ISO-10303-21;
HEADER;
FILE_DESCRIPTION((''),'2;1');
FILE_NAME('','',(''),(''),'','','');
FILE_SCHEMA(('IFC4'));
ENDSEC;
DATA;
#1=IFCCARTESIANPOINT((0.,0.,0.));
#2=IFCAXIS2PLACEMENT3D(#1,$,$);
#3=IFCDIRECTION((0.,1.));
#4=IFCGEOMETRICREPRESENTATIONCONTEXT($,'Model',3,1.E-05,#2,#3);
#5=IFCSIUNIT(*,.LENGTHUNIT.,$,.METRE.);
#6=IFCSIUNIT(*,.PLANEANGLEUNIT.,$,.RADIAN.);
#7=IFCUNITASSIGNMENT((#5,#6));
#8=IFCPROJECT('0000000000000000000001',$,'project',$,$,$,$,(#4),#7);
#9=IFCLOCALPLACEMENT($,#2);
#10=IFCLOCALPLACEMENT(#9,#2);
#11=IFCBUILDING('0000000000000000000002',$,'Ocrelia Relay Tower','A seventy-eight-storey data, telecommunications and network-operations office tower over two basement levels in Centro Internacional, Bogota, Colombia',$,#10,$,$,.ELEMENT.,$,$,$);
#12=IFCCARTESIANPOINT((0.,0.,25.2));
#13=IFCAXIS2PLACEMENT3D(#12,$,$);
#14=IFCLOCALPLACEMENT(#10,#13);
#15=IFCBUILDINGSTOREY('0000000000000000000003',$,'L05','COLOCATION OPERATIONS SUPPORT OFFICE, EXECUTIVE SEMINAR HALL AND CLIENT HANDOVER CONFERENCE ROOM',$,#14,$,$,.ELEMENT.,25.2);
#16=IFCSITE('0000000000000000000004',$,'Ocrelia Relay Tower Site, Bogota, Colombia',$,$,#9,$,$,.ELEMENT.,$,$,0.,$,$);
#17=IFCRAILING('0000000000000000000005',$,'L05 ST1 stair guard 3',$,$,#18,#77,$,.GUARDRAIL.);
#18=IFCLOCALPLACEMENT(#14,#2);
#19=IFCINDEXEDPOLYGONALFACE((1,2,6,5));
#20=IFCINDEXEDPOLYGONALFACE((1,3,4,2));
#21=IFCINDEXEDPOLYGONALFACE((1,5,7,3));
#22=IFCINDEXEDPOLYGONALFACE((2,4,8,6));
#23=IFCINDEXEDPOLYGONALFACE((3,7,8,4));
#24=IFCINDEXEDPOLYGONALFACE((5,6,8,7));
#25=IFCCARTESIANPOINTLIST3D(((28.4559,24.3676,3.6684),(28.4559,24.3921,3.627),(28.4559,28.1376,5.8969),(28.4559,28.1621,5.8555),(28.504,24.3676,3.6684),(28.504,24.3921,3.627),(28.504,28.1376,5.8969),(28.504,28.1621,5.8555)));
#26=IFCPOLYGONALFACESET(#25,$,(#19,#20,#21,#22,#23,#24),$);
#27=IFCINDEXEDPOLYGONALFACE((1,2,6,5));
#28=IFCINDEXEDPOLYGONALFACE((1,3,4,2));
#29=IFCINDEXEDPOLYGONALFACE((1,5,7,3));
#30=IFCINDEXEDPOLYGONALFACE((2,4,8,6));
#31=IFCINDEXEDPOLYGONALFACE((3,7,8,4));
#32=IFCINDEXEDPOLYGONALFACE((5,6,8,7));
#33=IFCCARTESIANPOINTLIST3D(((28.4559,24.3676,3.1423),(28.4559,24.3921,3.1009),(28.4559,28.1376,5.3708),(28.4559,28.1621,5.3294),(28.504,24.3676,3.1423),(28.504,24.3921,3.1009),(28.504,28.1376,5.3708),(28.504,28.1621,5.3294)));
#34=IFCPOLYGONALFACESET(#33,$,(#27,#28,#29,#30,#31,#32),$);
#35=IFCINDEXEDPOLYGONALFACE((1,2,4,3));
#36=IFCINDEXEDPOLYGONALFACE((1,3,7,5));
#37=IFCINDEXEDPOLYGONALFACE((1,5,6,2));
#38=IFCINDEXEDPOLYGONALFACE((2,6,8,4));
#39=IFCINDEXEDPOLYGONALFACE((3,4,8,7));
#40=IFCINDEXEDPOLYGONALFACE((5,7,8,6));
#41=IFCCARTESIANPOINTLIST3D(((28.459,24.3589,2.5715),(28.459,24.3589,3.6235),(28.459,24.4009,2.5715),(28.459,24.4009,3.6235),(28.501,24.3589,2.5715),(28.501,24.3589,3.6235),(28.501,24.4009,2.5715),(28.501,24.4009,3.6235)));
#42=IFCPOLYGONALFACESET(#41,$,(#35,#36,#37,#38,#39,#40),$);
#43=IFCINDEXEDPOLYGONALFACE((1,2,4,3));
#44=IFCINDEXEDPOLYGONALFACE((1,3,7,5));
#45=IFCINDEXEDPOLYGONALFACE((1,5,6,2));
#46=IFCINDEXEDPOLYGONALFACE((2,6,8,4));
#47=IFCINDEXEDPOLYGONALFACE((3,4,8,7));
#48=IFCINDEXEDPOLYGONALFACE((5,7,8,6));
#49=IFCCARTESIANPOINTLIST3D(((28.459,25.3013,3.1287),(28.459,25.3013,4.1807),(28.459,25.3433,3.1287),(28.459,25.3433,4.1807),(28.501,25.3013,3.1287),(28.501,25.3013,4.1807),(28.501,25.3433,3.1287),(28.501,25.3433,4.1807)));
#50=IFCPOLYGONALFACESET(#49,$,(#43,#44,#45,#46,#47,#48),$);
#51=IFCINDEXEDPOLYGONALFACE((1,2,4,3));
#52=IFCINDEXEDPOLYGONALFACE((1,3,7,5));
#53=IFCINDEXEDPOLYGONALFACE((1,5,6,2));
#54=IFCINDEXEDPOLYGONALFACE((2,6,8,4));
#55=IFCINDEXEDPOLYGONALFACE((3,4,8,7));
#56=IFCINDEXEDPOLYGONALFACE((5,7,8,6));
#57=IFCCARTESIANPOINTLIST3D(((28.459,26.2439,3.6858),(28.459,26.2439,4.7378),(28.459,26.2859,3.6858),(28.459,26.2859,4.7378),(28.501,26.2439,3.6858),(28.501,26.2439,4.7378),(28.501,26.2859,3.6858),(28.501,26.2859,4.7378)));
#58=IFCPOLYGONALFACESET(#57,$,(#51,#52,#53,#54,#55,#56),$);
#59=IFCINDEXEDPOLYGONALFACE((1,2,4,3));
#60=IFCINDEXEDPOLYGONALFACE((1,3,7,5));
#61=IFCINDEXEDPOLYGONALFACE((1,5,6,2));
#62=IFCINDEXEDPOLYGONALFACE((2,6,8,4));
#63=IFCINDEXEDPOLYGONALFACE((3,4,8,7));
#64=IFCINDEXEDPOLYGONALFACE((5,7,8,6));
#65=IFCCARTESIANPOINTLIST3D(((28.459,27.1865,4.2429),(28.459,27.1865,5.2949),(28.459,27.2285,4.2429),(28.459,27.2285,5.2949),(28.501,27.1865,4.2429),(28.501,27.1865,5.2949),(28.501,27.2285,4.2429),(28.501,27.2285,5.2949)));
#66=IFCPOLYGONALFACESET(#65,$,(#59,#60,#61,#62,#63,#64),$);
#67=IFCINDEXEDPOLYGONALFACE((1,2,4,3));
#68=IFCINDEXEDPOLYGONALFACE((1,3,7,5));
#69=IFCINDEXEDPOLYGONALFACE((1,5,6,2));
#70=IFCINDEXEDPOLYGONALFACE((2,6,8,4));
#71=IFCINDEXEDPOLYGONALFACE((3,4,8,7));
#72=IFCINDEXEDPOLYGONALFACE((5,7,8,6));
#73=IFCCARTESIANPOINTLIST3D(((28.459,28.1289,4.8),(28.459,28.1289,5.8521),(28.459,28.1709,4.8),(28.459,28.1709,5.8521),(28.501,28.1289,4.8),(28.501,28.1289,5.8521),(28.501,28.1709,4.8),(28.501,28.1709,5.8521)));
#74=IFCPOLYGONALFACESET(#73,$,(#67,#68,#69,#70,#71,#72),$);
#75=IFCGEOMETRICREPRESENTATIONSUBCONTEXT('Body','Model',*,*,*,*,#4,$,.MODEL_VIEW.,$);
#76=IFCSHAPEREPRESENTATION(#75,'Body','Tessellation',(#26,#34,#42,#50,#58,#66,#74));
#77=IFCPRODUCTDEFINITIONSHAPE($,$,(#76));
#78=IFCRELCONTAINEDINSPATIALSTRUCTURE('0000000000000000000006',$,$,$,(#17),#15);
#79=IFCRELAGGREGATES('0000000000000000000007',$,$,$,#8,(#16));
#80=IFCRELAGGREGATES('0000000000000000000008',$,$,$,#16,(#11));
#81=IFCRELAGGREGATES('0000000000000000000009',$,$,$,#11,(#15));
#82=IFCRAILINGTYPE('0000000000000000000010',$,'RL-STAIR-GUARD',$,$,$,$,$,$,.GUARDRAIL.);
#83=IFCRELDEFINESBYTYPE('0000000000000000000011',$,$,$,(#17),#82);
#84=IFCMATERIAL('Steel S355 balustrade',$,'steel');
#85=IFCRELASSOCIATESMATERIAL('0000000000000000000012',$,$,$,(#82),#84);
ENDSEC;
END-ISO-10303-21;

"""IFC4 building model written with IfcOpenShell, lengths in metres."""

from ifc_helpers import new_model, si_unit, direction, frame, origin, origin_2d, place, context, subcontext, project, spatial, rectangle, extrude, material, type_object, element, save


model = new_model("IFC4")

# Units and contexts
model_context = context("Model", 3, precision=1e-05, world=origin(), true_north=direction((0.0, 1.0)))
body_context = subcontext(model_context, "Body", "Model", "MODEL_VIEW")
ifc_project = project(units=[si_unit("LENGTHUNIT", "METRE"), si_unit("PLANEANGLEUNIT", "RADIAN")], contexts=[model_context])

# Site, building, storey
site_placement = place(None, origin())
site = spatial("IfcSite", under=ifc_project, at=site_placement, Name="Ocrelia Relay Tower Site, Bogota, Colombia", CompositionType="ELEMENT", RefElevation=0.0)
building_placement = place(site_placement, origin())
building = spatial("IfcBuilding", under=site, at=building_placement, Name="Ocrelia Relay Tower", Description="A seventy-eight-storey data, telecommunications and network-operations office tower over two basement levels in Centro Internacional, Bogota, Colombia", CompositionType="ELEMENT")
storey_placement = place(building_placement, frame((0.0, 0.0, 25.2)))
storey = spatial("IfcBuildingStorey", under=building, at=storey_placement, Name="L05", Description="COLOCATION OPERATIONS SUPPORT OFFICE, EXECUTIVE SEMINAR HALL AND CLIENT HANDOVER CONFERENCE ROOM", CompositionType="ELEMENT", Elevation=25.2)

# Railing
ifc_material_1 = material(Name="Steel S355 balustrade", Category="steel")
railing_type = type_object("IfcRailingType", Name="RL-STAIR-GUARD", PredefinedType="GUARDRAIL", material=ifc_material_1)
railing_1_placement = place(storey_placement, frame((28.48, 24.3799, 2.5715)))
element("IfcRailing", 1, at=railing_1_placement, inside=storey, type_object=railing_type, Name="L05 ST1 stair guard 3", PredefinedType="GUARDRAIL", context=body_context, shape_type="SweptSolid", body=[
    extrude(rectangle(XDim=0.0481, YDim=0.0481, at=origin_2d()), frame((0.0, 0.0, 1.0762), z_axis=(0.0, 0.860849, 0.508861), x_axis=(-1.0, 0.0, 0.0)), (0.0, 0.0, 1.0), 4.3794),
    extrude(rectangle(XDim=0.0481, YDim=0.0481, at=origin_2d()), frame((0.0, 0.0, 0.55), z_axis=(0.0, 0.860849, 0.508861), x_axis=(-1.0, 0.0, 0.0)), (0.0, 0.0, 1.0), 4.3794),
    extrude(rectangle(XDim=0.042, YDim=0.042, at=origin_2d()), origin(), (0.0, 0.0, 1.0), 1.052),
    extrude(rectangle(XDim=0.042, YDim=0.042, at=origin_2d()), frame((0.0, 0.9424, 0.5571)), (0.0, 0.0, 1.0), 1.052),
    extrude(rectangle(XDim=0.042, YDim=0.042, at=origin_2d()), frame((0.0, 1.885, 1.1143)), (0.0, 0.0, 1.0), 1.052),
    extrude(rectangle(XDim=0.042, YDim=0.042, at=origin_2d()), frame((0.0, 2.8276, 1.6714)), (0.0, 0.0, 1.0), 1.052),
    extrude(rectangle(XDim=0.042, YDim=0.042, at=origin_2d()), frame((0.0, 3.77, 2.2285)), (0.0, 0.0, 1.0), 1.052),
])

save(model, "model.ifc")
